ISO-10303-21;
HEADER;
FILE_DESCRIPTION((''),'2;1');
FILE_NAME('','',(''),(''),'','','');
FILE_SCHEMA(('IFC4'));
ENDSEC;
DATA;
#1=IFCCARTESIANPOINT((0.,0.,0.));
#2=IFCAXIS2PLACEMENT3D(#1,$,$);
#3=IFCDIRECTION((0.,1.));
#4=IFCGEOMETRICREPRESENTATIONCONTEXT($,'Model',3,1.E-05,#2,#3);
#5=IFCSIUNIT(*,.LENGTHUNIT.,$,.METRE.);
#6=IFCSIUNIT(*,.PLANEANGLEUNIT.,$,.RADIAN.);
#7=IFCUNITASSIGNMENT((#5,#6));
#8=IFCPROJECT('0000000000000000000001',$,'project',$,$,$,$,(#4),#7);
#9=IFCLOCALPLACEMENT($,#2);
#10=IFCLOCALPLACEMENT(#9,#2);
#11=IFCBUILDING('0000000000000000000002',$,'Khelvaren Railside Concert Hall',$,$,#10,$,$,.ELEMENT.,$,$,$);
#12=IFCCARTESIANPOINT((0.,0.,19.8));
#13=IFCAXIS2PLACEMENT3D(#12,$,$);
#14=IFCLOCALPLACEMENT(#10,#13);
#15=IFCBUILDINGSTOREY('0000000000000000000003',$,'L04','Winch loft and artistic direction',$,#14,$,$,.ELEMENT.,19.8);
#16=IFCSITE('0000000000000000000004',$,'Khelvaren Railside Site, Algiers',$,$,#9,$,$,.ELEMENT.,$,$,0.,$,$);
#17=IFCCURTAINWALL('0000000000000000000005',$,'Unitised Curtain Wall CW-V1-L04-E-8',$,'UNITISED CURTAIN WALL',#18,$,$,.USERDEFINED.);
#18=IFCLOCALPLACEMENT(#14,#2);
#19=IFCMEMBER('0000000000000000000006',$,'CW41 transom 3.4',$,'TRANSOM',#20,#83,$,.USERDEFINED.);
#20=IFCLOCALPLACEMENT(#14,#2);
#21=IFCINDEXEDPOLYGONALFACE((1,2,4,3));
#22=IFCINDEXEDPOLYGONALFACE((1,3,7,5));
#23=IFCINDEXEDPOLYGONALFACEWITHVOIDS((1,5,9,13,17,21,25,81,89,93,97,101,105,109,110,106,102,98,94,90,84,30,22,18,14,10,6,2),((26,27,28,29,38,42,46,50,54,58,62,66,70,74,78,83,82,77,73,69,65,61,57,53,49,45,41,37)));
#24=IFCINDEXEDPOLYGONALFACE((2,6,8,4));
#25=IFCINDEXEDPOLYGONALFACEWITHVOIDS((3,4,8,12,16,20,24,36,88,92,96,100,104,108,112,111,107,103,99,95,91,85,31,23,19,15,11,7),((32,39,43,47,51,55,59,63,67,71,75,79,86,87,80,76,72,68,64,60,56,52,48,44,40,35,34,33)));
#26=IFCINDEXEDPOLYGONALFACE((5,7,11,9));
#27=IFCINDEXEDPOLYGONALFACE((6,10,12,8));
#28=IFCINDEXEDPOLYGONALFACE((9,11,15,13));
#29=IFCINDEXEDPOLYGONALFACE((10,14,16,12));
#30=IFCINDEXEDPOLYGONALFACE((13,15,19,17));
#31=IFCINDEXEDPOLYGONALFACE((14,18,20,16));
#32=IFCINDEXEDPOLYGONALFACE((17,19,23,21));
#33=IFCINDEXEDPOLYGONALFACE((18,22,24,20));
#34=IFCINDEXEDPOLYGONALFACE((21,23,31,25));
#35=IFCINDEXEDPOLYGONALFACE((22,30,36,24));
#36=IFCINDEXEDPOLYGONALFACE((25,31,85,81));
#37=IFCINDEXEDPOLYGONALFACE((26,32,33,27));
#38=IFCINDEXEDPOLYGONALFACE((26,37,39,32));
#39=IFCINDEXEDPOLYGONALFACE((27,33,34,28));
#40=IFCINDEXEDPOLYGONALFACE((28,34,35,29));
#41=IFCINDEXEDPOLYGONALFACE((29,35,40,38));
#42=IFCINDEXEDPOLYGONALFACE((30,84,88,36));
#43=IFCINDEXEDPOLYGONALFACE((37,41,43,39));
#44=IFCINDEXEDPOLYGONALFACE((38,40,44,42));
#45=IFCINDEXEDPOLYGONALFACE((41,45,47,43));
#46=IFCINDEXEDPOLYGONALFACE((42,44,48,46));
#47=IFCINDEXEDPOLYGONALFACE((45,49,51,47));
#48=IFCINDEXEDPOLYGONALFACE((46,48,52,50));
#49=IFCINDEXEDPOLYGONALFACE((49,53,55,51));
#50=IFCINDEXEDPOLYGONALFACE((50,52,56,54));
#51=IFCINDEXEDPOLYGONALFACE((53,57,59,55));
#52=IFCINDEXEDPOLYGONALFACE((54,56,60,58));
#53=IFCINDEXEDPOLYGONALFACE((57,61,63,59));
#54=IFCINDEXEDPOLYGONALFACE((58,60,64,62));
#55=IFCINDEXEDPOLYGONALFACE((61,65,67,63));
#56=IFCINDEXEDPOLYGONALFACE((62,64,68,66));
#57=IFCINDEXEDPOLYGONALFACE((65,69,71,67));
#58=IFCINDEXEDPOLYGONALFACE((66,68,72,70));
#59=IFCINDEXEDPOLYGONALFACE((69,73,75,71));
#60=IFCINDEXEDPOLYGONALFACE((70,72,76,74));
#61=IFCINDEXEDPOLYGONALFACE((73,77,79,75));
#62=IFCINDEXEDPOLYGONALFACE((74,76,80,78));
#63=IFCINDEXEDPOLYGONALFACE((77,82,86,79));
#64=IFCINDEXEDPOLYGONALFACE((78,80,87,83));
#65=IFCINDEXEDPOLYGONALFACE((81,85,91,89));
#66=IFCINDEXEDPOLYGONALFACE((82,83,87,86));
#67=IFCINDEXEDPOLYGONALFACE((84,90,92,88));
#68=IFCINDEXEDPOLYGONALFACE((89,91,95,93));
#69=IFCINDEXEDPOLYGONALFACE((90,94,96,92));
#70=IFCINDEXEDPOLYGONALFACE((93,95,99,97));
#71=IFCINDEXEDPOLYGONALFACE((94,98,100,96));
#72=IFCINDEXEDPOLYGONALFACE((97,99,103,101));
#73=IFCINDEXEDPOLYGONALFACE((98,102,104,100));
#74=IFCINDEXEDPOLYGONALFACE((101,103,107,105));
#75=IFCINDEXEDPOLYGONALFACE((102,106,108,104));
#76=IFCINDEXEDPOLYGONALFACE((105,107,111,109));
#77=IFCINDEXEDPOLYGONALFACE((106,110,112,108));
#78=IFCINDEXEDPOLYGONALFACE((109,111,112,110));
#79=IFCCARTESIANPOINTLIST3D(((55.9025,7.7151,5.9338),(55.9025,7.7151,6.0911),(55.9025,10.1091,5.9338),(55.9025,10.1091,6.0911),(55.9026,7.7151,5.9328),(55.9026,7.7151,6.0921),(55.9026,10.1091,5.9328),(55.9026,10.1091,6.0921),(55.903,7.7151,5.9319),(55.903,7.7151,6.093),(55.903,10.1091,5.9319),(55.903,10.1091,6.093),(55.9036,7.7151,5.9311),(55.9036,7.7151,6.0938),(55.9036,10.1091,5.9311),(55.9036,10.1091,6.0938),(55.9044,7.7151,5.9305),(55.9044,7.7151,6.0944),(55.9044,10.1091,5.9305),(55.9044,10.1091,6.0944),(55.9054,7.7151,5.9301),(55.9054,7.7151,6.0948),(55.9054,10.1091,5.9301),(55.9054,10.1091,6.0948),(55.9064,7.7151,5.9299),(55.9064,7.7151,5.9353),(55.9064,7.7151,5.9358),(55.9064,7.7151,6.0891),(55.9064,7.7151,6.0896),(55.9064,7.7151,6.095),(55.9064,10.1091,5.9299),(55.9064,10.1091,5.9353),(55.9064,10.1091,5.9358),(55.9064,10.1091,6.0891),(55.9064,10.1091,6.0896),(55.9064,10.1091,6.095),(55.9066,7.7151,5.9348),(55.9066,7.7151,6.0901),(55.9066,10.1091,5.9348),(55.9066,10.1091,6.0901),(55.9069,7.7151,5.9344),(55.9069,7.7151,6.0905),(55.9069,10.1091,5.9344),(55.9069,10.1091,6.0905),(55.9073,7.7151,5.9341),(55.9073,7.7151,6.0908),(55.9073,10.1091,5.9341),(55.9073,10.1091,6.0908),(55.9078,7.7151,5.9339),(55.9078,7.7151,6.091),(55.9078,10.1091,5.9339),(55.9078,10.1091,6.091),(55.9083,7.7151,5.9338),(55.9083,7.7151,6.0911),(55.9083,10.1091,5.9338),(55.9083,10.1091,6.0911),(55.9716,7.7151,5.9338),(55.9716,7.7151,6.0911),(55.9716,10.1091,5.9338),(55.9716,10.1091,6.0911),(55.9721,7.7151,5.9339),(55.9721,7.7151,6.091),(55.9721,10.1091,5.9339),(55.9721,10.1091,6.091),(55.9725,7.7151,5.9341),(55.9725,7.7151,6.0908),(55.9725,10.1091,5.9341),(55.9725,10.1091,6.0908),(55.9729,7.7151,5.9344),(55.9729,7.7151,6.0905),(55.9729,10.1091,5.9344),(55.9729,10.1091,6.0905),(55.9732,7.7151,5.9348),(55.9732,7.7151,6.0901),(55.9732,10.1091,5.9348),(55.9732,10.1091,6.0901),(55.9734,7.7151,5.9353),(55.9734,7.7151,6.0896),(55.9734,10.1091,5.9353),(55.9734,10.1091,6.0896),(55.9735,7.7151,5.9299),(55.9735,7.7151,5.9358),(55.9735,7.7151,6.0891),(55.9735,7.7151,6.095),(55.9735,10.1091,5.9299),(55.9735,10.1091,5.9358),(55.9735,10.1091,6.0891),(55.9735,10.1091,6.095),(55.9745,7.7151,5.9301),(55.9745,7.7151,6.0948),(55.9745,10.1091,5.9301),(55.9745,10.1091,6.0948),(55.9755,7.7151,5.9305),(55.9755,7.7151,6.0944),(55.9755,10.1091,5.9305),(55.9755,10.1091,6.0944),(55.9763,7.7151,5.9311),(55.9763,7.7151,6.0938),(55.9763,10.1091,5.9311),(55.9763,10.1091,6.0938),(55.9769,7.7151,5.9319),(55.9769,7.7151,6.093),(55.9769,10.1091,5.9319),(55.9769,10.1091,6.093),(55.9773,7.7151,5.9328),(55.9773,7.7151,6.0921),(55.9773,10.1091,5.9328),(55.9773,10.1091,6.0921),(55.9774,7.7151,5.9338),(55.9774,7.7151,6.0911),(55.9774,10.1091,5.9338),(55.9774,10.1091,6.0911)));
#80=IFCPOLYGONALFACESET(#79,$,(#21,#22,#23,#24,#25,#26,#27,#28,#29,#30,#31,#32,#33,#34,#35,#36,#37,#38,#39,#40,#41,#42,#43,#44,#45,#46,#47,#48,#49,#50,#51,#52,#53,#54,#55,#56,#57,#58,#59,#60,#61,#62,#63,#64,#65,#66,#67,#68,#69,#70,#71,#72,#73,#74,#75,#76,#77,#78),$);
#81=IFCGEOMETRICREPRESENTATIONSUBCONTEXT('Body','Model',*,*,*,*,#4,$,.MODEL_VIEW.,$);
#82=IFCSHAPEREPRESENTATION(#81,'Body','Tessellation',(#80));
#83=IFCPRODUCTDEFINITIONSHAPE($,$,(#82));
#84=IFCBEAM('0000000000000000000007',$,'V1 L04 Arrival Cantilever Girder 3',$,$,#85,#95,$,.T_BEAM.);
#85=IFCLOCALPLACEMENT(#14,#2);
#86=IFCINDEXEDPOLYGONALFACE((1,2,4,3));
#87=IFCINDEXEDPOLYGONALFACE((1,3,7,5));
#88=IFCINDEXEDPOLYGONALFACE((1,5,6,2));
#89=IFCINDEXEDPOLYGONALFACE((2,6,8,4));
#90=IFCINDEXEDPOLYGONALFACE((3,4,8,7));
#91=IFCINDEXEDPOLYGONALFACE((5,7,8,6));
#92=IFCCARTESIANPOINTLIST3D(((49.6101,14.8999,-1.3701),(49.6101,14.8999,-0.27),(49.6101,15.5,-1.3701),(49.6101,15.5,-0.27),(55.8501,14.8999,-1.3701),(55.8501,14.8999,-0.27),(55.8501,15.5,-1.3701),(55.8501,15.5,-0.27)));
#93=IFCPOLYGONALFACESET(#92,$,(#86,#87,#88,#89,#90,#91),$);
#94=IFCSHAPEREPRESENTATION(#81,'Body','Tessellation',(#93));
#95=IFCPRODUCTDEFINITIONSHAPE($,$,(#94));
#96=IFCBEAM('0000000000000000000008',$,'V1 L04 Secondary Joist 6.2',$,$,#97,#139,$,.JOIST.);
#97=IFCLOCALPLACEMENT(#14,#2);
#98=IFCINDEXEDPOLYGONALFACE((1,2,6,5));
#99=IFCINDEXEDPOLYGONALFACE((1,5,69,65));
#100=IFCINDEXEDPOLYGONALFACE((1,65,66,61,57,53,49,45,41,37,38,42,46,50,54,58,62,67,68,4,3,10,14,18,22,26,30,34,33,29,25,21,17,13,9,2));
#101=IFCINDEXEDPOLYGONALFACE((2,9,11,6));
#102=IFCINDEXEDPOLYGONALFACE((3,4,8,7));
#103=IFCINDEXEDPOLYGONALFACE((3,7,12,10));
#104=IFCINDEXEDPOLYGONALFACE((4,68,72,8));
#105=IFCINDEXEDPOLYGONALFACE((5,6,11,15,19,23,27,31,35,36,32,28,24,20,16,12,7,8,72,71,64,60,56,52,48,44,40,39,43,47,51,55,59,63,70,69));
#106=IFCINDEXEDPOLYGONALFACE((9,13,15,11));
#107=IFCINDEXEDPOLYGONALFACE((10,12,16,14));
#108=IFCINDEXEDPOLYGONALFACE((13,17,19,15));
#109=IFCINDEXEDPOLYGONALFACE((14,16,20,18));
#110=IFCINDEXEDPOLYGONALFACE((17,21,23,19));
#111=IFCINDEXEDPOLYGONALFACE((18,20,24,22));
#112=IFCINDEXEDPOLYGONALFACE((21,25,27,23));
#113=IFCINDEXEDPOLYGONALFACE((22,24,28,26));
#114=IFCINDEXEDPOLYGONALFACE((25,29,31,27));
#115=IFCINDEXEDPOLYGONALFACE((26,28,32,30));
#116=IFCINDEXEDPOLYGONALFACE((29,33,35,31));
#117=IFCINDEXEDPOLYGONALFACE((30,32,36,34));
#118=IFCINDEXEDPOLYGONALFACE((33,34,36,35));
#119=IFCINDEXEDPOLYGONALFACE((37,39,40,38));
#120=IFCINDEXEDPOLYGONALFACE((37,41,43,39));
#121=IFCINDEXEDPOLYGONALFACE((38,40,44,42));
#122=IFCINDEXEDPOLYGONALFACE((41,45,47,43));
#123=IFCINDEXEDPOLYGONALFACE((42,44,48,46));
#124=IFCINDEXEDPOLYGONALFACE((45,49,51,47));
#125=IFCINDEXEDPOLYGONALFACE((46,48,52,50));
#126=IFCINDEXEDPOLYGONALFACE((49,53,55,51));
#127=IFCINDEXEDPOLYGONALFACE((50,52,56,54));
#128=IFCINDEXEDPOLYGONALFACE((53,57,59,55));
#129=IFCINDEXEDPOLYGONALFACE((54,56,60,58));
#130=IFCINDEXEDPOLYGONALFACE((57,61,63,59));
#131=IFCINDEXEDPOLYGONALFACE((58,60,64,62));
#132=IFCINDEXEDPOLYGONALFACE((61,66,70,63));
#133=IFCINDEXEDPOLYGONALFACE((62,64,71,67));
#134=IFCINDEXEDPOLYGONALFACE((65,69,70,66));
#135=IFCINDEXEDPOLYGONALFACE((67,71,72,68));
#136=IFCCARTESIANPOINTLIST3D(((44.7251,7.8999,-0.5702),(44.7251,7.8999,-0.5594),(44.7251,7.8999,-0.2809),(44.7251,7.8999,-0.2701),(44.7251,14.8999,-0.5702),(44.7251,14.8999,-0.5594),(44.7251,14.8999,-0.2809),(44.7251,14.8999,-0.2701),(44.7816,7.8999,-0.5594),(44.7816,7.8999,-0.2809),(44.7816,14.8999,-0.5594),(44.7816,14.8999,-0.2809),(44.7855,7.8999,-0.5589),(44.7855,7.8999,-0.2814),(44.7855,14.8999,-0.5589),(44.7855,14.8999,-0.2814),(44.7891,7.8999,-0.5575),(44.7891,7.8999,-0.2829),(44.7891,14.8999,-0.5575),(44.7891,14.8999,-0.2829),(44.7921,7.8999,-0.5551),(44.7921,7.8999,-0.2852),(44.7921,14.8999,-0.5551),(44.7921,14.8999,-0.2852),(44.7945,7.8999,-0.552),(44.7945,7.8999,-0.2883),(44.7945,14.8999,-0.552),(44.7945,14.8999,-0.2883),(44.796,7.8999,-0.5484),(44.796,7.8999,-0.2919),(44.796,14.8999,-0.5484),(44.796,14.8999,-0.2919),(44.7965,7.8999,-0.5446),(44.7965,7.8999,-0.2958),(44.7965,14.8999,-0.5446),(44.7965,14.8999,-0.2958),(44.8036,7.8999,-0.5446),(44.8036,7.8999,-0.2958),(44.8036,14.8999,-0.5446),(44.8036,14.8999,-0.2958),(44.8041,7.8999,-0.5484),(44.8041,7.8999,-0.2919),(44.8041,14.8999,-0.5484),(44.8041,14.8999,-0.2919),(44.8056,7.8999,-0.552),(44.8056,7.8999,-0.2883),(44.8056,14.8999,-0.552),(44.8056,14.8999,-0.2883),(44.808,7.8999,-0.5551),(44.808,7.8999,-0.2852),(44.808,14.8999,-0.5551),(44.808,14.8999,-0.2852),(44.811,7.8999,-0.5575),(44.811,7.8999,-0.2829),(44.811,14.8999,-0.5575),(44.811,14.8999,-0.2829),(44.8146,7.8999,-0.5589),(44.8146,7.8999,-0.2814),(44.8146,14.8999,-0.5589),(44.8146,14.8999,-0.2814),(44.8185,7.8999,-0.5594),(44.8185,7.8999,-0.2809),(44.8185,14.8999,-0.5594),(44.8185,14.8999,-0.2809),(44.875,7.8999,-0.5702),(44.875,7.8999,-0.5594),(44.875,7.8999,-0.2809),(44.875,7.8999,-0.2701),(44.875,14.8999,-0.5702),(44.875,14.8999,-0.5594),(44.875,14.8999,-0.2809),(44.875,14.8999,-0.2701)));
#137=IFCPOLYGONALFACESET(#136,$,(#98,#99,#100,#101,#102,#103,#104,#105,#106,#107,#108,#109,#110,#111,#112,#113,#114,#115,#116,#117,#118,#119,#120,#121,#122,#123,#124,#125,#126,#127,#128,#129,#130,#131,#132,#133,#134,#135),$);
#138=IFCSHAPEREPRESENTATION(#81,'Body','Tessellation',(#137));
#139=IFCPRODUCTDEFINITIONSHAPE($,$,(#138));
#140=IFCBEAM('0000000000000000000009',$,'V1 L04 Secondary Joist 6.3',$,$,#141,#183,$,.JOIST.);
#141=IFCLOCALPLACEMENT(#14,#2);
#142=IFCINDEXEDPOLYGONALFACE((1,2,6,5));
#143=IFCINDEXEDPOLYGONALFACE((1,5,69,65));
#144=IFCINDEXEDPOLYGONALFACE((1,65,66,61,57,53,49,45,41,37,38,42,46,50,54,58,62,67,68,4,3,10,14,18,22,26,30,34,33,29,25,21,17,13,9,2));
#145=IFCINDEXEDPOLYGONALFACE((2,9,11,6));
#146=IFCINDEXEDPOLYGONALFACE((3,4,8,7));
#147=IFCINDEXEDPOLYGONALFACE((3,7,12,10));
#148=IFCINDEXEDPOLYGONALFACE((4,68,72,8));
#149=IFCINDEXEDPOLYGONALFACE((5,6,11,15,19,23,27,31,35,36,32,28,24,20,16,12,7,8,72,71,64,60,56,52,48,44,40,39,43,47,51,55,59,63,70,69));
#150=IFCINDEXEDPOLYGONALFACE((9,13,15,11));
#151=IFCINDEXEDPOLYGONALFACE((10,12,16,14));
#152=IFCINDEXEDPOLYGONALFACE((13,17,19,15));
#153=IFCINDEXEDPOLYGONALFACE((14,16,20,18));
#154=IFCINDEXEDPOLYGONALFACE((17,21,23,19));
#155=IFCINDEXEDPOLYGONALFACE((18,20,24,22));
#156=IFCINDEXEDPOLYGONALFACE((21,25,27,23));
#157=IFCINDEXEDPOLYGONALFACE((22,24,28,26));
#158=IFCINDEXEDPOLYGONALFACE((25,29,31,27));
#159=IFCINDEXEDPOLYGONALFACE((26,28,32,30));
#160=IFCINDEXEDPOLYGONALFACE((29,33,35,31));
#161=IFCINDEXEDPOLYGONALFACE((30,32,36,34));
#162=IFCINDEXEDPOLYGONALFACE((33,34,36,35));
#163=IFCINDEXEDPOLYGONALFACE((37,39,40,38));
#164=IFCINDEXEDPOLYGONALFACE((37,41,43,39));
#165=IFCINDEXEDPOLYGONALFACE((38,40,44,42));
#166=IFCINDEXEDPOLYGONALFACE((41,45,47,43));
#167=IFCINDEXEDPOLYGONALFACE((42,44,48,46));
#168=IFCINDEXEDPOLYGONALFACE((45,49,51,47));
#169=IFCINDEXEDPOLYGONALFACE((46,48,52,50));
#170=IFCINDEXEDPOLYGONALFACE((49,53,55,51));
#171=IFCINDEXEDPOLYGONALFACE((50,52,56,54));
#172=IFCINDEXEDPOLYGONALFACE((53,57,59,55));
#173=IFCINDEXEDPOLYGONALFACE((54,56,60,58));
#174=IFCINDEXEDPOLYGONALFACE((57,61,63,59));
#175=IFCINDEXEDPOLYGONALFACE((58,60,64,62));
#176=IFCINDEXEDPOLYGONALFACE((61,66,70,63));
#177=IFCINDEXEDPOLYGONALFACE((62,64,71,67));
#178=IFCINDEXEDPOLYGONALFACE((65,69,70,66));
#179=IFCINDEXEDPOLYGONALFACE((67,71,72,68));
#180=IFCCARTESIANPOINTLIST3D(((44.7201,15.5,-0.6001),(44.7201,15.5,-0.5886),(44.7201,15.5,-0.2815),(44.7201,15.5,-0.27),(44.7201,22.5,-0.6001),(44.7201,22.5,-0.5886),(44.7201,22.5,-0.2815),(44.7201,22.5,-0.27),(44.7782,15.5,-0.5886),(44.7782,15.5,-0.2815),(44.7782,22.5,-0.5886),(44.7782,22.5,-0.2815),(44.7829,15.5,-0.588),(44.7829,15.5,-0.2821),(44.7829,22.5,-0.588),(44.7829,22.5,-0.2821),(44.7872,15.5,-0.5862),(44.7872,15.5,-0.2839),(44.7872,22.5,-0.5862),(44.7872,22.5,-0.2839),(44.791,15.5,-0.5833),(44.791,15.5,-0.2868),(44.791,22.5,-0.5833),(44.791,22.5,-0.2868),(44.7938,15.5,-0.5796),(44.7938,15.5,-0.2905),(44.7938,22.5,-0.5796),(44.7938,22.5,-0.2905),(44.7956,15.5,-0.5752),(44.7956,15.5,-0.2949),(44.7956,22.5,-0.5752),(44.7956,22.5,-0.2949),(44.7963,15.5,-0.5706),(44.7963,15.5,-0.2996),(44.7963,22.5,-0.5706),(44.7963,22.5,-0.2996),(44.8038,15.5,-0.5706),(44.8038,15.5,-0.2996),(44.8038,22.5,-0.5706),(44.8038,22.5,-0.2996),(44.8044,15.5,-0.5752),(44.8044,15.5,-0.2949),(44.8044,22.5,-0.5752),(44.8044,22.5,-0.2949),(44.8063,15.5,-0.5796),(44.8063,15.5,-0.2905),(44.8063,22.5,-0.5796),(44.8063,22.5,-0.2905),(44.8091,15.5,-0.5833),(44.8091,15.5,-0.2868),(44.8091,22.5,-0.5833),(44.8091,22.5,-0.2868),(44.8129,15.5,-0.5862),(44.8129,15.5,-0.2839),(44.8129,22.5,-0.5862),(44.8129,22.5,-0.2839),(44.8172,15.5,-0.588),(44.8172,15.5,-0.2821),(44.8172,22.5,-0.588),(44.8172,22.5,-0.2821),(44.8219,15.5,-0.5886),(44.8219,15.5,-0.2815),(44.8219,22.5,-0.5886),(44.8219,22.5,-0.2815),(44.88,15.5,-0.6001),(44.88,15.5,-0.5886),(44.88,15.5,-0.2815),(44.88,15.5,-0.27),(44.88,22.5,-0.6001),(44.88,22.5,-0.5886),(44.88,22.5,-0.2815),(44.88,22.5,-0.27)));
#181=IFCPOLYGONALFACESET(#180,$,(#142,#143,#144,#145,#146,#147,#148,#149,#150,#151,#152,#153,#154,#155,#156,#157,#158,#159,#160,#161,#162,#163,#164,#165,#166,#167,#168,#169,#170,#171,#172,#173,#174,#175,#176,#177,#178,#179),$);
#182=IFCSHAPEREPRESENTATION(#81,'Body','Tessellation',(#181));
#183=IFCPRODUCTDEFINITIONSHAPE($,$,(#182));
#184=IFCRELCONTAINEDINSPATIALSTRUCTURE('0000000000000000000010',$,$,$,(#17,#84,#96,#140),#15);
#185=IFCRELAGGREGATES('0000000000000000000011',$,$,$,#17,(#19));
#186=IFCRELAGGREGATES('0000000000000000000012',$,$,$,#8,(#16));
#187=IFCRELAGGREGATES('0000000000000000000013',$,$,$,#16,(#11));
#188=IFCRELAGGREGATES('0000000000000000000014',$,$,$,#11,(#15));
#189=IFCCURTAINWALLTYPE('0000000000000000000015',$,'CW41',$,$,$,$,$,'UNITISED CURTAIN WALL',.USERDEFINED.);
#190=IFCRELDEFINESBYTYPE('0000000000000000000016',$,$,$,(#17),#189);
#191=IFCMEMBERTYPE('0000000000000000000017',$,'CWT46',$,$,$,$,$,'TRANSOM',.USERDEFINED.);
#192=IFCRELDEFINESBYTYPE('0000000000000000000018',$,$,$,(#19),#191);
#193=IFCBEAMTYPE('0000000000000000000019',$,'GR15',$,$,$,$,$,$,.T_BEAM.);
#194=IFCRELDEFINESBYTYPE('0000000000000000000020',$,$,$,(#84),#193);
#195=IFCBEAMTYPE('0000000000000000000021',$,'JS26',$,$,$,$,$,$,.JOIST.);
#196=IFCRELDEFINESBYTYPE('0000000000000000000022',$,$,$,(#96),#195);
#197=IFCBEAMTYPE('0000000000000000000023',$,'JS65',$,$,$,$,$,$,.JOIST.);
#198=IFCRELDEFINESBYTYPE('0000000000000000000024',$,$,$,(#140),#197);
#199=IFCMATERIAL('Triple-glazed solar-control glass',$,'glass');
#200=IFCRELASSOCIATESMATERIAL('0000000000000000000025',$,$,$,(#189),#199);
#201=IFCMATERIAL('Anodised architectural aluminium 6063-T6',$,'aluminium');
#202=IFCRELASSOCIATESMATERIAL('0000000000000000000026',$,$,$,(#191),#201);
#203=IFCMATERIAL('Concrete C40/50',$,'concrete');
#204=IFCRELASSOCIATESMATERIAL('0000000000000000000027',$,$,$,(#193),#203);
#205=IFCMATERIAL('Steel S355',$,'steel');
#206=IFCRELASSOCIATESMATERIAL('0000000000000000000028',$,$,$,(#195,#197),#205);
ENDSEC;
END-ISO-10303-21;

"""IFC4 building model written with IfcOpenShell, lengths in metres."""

from ifc_helpers import new_model, si_unit, direction, frame, origin, origin_2d, place, context, subcontext, project, spatial, rectangle, hollow_rectangle, i_section, extrude, material, material_profile, profile_set, type_object, element, aggregate, save


model = new_model("IFC4")

# Units and contexts
model_context = context("Model", 3, precision=1e-05, world=origin(), true_north=direction((0.0, 1.0)))
body_context = subcontext(model_context, "Body", "Model", "MODEL_VIEW")
ifc_project = project(units=[si_unit("LENGTHUNIT", "METRE"), si_unit("PLANEANGLEUNIT", "RADIAN")], contexts=[model_context])

# Site, building, storey
site_placement = place(None, origin())
site = spatial("IfcSite", under=ifc_project, at=site_placement, Name="Khelvaren Railside Site, Algiers", CompositionType="ELEMENT", RefElevation=0.0)
building_placement = place(site_placement, origin())
building = spatial("IfcBuilding", under=site, at=building_placement, Name="Khelvaren Railside Concert Hall", CompositionType="ELEMENT")
storey_placement = place(building_placement, frame((0.0, 0.0, 19.8)))
storey = spatial("IfcBuildingStorey", under=building, at=storey_placement, Name="L04", Description="Winch loft and artistic direction", CompositionType="ELEMENT", Elevation=19.8)

# Shared definitions
ifc_material_1 = material(Name="Steel S355", Category="steel")

# Curtain wall, member
ifc_material_2 = material(Name="Triple-glazed solar-control glass", Category="glass")
curtain_wall_type = type_object("IfcCurtainWallType", Name="CW41", ElementType="UNITISED CURTAIN WALL", PredefinedType="USERDEFINED", material=ifc_material_2)
curtain_wall_placement = place(storey_placement, origin())
curtain_wall = element("IfcCurtainWall", 1, at=curtain_wall_placement, inside=storey, type_object=curtain_wall_type, Name="Unitised Curtain Wall CW-V1-L04-E-8", ObjectType="UNITISED CURTAIN WALL", PredefinedType="USERDEFINED")
ifc_material_3 = material(Name="Anodised architectural aluminium 6063-T6", Category="aluminium")
ifc_material_profile_1 = material_profile(ifc_material_3, hollow_rectangle(XDim=0.075, YDim=0.165, WallThickness=0.0039, InnerFilletRadius=0.002, OuterFilletRadius=0.0039, at=origin_2d()), Name="CWT 75x165x4")
ifc_profile_set_1 = profile_set([ifc_material_profile_1], Name="Anodised architectural aluminium 6063-T6")
member_type_1 = type_object("IfcMemberType", Name="CWT46", ElementType="TRANSOM", PredefinedType="USERDEFINED", material=ifc_profile_set_1)
member_1_placement = place(storey_placement, frame((55.9399, 10.1091, 6.0125), z_axis=(0.0, -1.0, 0.0), x_axis=(1.0, 0.0, 0.0)))
member_1 = element("IfcMember", 2, at=member_1_placement, type_object=member_type_1, Name="CW41 transom 3.4", ObjectType="TRANSOM", PredefinedType="USERDEFINED", context=body_context, shape_type="SweptSolid", body=[
    extrude(hollow_rectangle(XDim=0.075, YDim=0.165, WallThickness=0.0039, InnerFilletRadius=0.002, OuterFilletRadius=0.0039, at=origin_2d()), origin(), (0.0, 0.0, 1.0), 2.394),
])

# Beams
ifc_material_4 = material(Name="Concrete C40/50", Category="concrete")
ifc_material_profile_2 = material_profile(ifc_material_4, rectangle(XDim=0.6001, YDim=1.1001, at=origin_2d()), Name="RCB 600x1100")
ifc_profile_set_2 = profile_set([ifc_material_profile_2], Name="Concrete C40/50")
beam_type_1 = type_object("IfcBeamType", Name="GR15", PredefinedType="T_BEAM", material=ifc_profile_set_2)
beam_1_placement = place(storey_placement, frame((49.6101, 15.2, -0.8201), z_axis=(1.0, 0.0, 0.0), x_axis=(0.0, 1.0, 0.0)))
element("IfcBeam", 3, at=beam_1_placement, inside=storey, type_object=beam_type_1, Name="V1 L04 Arrival Cantilever Girder 3", PredefinedType="T_BEAM", context=body_context, shape_type="SweptSolid", body=[
    extrude(rectangle(XDim=0.6001, YDim=1.1001, at=origin_2d()), origin(), (0.0, 0.0, 1.0), 6.24),
])
ifc_material_profile_3 = material_profile(ifc_material_1, i_section(OverallWidth=0.1499, OverallDepth=0.3, WebThickness=0.0071, FlangeThickness=0.0107, FilletRadius=0.0149, at=origin_2d()), Name="IPE 300")
ifc_profile_set_3 = profile_set([ifc_material_profile_3], Name="Steel S355")
beam_type_2 = type_object("IfcBeamType", Name="JS26", PredefinedType="JOIST", material=ifc_profile_set_3)
beam_2_placement = place(storey_placement, frame((44.8, 7.8999, -0.4202), z_axis=(0.0, 1.0, 0.0), x_axis=(-1.0, 0.0, 0.0)))
element("IfcBeam", 4, at=beam_2_placement, inside=storey, type_object=beam_type_2, Name="V1 L04 Secondary Joist 6.2", PredefinedType="JOIST", context=body_context, shape_type="SweptSolid", body=[
    extrude(i_section(OverallWidth=0.1499, OverallDepth=0.3, WebThickness=0.0071, FlangeThickness=0.0107, FilletRadius=0.0149, at=origin_2d()), origin(), (0.0, 0.0, 1.0), 7.0),
])
ifc_material_profile_4 = material_profile(ifc_material_1, i_section(OverallWidth=0.1599, OverallDepth=0.3301, WebThickness=0.0076, FlangeThickness=0.0115, FilletRadius=0.0181, at=origin_2d()), Name="IPE 330")
ifc_profile_set_4 = profile_set([ifc_material_profile_4], Name="Steel S355")
beam_type_3 = type_object("IfcBeamType", Name="JS65", PredefinedType="JOIST", material=ifc_profile_set_4)
for number, where, z_axis, x_axis, name in (
    (5, (44.8, 15.5, -0.4351), (0.0, 1.0, 0.0), (-1.0, 0.0, 0.0), "V1 L04 Secondary Joist 6.3"),
):
    element("IfcBeam", number, at=place(storey_placement, frame(where, z_axis=z_axis, x_axis=x_axis)), inside=storey, type_object=beam_type_3, Name=name, PredefinedType="JOIST", context=body_context, shape_type="SweptSolid", body=[
        extrude(i_section(OverallWidth=0.1599, OverallDepth=0.3301, WebThickness=0.0076, FlangeThickness=0.0115, FilletRadius=0.0181, at=origin_2d()), origin(), (0.0, 0.0, 1.0), 7.0),
    ])

aggregate(curtain_wall, [member_1])

save(model, "model.ifc")
